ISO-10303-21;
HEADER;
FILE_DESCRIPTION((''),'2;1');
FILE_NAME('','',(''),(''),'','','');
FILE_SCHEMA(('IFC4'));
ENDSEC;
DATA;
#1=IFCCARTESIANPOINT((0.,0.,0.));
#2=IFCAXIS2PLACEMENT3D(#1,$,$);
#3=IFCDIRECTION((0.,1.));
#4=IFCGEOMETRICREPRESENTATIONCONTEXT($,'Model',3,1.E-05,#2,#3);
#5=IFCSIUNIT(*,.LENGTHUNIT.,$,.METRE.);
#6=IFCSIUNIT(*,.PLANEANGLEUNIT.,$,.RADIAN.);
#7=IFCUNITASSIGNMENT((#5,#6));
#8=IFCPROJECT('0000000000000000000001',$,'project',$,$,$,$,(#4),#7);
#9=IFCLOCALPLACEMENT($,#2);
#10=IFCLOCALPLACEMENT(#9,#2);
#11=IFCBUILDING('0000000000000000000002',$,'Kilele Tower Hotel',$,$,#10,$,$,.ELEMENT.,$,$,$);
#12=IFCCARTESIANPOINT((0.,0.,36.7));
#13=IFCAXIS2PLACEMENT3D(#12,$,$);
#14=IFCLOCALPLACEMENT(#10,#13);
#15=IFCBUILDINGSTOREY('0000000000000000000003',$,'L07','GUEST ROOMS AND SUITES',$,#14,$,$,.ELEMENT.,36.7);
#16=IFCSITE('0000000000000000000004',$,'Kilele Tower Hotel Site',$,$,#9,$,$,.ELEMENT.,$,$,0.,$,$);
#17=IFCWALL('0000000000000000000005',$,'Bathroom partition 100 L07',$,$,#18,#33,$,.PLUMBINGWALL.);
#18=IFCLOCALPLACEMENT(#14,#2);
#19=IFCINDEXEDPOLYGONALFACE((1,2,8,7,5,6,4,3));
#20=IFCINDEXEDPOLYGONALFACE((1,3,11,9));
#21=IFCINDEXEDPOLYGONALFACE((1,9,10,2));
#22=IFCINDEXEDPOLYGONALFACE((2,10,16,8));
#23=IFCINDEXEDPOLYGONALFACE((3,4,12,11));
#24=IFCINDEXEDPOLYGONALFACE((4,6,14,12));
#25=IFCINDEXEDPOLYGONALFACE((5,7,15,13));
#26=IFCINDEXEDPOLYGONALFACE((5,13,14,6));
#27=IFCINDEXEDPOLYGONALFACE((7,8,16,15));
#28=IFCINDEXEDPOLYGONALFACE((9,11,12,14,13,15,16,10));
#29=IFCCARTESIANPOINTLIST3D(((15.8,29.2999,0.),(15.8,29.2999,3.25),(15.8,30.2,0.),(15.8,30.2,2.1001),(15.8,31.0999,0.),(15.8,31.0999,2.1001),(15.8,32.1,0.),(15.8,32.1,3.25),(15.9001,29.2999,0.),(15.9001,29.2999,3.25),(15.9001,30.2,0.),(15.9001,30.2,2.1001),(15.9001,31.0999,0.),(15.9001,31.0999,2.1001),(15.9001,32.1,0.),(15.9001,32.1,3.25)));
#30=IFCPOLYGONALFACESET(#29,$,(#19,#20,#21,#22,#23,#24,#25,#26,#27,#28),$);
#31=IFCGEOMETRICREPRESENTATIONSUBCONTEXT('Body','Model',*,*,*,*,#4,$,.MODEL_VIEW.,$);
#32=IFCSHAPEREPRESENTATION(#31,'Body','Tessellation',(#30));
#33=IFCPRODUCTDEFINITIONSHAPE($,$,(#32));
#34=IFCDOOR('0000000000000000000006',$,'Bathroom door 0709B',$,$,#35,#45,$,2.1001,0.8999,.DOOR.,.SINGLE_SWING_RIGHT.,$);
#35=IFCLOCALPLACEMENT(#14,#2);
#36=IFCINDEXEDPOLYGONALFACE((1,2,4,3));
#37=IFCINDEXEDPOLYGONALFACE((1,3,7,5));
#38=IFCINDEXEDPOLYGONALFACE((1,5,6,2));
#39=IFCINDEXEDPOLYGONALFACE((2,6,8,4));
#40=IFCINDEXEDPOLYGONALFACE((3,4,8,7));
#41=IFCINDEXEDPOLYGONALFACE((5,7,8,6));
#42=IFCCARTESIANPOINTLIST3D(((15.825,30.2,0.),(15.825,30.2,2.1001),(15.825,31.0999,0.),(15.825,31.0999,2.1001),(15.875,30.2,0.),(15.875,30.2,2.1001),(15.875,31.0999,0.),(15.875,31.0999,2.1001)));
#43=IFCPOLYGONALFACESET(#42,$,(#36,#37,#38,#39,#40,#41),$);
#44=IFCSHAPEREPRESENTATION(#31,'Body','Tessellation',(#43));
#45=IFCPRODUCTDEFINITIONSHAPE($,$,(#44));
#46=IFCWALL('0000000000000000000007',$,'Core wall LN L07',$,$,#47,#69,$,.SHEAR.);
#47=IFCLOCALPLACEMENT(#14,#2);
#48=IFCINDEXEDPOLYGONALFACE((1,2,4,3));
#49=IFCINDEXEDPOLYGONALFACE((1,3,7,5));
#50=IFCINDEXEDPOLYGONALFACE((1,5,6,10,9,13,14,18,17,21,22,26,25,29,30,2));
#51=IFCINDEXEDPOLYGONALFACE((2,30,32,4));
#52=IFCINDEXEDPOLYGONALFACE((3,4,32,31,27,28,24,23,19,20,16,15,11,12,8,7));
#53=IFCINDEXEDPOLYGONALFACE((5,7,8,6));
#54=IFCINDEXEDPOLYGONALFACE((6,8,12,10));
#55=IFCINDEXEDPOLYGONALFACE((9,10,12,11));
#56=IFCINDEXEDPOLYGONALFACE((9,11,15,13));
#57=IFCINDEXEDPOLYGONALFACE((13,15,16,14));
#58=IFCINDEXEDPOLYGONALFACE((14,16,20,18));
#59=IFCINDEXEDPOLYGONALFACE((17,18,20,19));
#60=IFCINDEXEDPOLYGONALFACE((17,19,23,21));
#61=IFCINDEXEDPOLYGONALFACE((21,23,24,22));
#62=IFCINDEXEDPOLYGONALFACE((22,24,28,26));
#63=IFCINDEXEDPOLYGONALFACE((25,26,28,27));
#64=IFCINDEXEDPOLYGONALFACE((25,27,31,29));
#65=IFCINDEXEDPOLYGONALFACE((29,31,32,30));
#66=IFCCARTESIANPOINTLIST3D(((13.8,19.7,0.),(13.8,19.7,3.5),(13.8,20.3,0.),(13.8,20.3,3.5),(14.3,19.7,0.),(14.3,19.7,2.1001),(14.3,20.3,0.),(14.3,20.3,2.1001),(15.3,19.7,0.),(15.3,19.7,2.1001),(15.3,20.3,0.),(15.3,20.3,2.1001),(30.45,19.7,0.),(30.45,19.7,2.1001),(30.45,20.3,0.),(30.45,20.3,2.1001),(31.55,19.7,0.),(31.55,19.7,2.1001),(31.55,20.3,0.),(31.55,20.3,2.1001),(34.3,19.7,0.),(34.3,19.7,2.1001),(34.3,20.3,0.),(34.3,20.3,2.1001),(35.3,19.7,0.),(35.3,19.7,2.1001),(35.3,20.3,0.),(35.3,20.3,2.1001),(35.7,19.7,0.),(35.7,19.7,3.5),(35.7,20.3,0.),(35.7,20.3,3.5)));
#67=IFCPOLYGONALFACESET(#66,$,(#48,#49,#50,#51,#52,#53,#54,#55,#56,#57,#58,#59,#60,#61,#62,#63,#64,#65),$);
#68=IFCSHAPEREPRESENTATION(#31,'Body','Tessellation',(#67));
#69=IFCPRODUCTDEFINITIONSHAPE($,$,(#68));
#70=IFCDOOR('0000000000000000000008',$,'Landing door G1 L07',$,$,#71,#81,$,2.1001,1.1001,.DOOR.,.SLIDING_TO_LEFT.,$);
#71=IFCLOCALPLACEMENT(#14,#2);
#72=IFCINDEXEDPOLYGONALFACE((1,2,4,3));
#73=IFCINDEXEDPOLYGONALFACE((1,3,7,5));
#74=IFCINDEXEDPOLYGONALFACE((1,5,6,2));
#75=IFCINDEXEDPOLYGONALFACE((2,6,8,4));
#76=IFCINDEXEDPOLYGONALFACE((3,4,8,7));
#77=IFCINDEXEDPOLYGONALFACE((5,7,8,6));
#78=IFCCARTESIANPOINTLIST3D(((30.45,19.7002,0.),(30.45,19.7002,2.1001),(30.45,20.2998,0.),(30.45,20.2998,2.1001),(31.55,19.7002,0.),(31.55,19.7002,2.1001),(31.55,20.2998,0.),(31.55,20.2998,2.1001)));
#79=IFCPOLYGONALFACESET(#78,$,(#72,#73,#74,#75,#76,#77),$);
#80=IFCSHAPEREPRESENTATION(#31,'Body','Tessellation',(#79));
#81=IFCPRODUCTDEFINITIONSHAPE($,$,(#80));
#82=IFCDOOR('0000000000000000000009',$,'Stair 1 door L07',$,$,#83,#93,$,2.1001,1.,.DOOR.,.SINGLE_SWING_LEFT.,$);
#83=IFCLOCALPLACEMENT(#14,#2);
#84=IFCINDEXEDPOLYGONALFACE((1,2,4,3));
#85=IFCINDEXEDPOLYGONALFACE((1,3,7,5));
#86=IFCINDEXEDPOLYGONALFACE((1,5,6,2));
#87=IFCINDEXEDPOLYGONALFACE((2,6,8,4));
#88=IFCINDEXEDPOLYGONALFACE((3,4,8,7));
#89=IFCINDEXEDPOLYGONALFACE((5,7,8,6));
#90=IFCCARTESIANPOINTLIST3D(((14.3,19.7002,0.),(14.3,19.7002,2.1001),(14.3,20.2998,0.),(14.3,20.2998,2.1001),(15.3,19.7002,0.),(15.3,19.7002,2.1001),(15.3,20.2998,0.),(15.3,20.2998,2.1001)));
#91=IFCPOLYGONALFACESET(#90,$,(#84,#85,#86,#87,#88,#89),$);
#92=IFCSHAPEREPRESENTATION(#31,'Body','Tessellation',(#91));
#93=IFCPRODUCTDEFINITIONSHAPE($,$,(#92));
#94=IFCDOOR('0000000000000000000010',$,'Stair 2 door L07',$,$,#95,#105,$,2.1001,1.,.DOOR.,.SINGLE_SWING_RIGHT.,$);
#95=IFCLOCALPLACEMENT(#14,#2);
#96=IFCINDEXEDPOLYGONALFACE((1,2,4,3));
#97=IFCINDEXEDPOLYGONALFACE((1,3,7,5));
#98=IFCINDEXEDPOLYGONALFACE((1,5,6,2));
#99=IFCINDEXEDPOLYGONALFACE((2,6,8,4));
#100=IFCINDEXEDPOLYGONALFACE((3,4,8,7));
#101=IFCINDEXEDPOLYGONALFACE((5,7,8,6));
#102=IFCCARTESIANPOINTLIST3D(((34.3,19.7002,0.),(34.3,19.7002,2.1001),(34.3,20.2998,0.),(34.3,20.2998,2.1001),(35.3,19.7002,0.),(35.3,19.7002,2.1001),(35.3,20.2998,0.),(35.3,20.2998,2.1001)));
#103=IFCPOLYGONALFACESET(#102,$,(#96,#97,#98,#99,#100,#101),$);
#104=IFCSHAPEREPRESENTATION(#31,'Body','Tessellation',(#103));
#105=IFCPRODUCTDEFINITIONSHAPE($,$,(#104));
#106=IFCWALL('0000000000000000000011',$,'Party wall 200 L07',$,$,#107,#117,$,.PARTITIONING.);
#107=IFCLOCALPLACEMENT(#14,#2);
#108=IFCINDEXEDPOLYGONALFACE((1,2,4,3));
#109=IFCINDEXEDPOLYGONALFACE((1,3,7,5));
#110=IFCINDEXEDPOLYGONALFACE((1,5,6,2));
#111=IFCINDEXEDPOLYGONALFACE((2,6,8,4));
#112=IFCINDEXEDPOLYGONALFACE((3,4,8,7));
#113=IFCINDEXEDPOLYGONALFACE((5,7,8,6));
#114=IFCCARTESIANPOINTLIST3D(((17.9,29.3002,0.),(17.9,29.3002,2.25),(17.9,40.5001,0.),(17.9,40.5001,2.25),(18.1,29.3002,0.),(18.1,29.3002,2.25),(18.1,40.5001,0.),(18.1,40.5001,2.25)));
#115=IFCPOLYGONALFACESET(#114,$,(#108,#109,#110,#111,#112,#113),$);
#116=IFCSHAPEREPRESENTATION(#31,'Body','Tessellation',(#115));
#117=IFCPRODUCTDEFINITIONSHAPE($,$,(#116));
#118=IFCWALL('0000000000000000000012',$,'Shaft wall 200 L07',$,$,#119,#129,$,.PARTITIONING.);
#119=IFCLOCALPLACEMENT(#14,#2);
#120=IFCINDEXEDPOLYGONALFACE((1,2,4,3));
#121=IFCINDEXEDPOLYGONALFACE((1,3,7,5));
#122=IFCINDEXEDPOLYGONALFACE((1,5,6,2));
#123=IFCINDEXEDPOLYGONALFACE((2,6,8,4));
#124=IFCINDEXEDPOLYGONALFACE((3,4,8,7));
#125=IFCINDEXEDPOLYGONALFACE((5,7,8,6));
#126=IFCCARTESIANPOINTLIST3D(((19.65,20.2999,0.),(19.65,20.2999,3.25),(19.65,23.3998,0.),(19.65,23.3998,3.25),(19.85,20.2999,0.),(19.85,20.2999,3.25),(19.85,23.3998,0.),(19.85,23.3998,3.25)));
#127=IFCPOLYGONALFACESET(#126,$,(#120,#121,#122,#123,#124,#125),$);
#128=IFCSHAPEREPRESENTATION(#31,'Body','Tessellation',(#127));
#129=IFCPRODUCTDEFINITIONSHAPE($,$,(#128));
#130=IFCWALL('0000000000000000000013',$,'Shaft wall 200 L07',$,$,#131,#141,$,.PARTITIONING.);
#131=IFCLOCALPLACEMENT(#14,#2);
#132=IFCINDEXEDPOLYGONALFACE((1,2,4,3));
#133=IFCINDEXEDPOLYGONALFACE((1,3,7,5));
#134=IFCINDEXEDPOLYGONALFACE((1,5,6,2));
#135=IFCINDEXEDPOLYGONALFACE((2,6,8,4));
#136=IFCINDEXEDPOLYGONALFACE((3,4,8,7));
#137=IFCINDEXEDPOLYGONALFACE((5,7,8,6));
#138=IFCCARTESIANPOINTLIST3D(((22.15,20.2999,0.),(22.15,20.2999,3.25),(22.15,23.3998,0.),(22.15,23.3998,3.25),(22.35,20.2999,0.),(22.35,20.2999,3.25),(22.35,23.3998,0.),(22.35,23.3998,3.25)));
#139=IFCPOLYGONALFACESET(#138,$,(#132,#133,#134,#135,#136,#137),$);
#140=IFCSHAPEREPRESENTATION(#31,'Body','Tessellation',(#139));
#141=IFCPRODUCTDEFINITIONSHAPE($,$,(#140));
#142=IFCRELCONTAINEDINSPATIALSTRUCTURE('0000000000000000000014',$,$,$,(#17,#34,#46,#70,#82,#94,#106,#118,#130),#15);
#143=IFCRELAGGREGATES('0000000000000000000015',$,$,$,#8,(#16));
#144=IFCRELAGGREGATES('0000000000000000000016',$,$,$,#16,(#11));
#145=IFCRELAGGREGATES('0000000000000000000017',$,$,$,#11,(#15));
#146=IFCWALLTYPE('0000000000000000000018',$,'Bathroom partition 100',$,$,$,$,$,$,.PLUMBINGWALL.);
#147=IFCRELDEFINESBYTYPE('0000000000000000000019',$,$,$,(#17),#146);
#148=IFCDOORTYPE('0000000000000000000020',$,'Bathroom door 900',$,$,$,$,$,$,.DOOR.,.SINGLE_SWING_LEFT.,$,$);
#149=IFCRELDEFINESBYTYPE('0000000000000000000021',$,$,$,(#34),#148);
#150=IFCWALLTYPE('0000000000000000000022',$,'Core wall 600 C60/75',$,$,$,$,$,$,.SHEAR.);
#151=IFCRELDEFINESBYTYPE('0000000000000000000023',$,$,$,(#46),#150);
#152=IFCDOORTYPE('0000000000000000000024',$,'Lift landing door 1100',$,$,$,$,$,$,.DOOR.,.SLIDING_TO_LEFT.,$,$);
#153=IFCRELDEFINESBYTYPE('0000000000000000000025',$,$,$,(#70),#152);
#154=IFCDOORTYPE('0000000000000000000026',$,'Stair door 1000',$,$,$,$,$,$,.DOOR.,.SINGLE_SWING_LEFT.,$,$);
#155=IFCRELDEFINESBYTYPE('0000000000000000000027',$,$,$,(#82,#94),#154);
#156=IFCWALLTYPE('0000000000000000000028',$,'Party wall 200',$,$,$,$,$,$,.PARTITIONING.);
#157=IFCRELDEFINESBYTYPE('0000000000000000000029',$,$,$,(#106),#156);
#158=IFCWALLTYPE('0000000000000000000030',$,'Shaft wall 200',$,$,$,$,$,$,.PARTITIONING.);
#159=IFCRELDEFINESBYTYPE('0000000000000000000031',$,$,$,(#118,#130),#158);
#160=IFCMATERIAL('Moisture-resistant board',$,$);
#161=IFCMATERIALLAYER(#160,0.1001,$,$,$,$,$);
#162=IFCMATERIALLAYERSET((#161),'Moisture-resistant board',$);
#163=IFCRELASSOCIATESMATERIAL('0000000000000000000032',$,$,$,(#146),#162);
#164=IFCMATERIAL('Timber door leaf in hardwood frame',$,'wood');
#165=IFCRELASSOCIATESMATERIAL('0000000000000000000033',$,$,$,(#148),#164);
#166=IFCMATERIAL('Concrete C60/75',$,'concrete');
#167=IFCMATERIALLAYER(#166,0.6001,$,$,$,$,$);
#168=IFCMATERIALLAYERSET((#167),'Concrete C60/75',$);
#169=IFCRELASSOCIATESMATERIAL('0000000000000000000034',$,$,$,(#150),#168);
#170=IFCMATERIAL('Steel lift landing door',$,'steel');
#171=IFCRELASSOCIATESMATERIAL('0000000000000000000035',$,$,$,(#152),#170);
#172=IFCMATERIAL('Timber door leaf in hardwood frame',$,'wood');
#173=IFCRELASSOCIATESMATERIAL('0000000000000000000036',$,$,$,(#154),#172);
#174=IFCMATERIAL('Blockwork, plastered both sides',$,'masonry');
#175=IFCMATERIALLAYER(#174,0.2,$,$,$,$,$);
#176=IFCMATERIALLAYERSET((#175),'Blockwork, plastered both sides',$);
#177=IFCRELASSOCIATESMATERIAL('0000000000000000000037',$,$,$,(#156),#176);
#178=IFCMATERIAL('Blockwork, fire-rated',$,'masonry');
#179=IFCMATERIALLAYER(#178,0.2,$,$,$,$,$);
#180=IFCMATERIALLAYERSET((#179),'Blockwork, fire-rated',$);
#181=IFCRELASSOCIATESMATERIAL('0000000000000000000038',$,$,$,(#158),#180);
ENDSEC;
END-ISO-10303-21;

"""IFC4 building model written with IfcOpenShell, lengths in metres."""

from ifc_helpers import new_model, si_unit, direction, frame, frame_2d, origin, place, context, subcontext, project, spatial, rectangle, extrude, material, layer, layer_set, type_object, element, fill, save


model = new_model("IFC4")

# Units and contexts
model_context = context("Model", 3, precision=1e-05, world=origin(), true_north=direction((0.0, 1.0)))
body_context = subcontext(model_context, "Body", "Model", "MODEL_VIEW")
ifc_project = project(units=[si_unit("LENGTHUNIT", "METRE"), si_unit("PLANEANGLEUNIT", "RADIAN")], contexts=[model_context])

# Site, building, storey
site_placement = place(None, origin())
site = spatial("IfcSite", under=ifc_project, at=site_placement, Name="Kilele Tower Hotel Site", CompositionType="ELEMENT", RefElevation=0.0)
building_placement = place(site_placement, origin())
building = spatial("IfcBuilding", under=site, at=building_placement, Name="Kilele Tower Hotel", CompositionType="ELEMENT")
storey_placement = place(building_placement, frame((0.0, 0.0, 36.7)))
storey = spatial("IfcBuildingStorey", under=building, at=storey_placement, Name="L07", Description="GUEST ROOMS AND SUITES", CompositionType="ELEMENT", Elevation=36.7)

# Wall, opening, door
ifc_material_1 = material(Name="Moisture-resistant board")
ifc_layer_1 = layer(ifc_material_1, 0.1001)
ifc_layer_set_1 = layer_set([ifc_layer_1], Name="Moisture-resistant board")
wall_type_1 = type_object("IfcWallType", Name="Bathroom partition 100", PredefinedType="PLUMBINGWALL", material=ifc_layer_set_1)
wall_1_placement = place(storey_placement, frame((15.8501, 29.3, 0.0), z_axis=(0.0, 0.0, 1.0), x_axis=(0.0, 1.0, 0.0)))
wall_1 = element("IfcWall", 1, at=wall_1_placement, inside=storey, type_object=wall_type_1, Name="Bathroom partition 100 L07", PredefinedType="PLUMBINGWALL", context=body_context, shape_type="SweptSolid", body=[
    extrude(rectangle(XDim=2.8, YDim=0.1001, at=frame_2d((1.3999, 0.0))), origin(), (0.0, 0.0, 1.0), 3.25),
])
opening_1_placement = place(wall_1_placement, frame((1.7998, 0.0, 0.0), z_axis=(0.0, 0.0, 1.0), x_axis=(-1.0, 0.0, 0.0)))
opening_1 = element("IfcOpeningElement", 2, at=opening_1_placement, cuts=wall_1, PredefinedType="OPENING", context=body_context, shape_type="SweptSolid", body=[
    extrude(rectangle(XDim=0.8999, YDim=2.1001, at=frame_2d((0.45, 1.05))), frame((0.0, 0.0601, 0.0), z_axis=(0.0, -1.0, 0.0), x_axis=(1.0, 0.0, 0.0)), (0.0, 0.0, 1.0), 0.1201),
])
ifc_material_2 = material(Name="Timber door leaf in hardwood frame", Category="wood")
door_type_1 = type_object("IfcDoorType", Name="Bathroom door 900", OperationType="SINGLE_SWING_LEFT", PredefinedType="DOOR", material=ifc_material_2)
door_1_placement = place(opening_1_placement, origin())
door_1 = element("IfcDoor", 3, at=door_1_placement, inside=storey, type_object=door_type_1, Name="Bathroom door 0709B", OperationType="SINGLE_SWING_RIGHT", OverallHeight=2.1001, OverallWidth=0.8999, PredefinedType="DOOR", context=body_context, shape_type="SweptSolid", body=[
    extrude(rectangle(XDim=0.8999, YDim=2.1001, at=frame_2d((0.45, 1.05))), frame((0.0, 0.0249, 0.0), z_axis=(0.0, -1.0, 0.0), x_axis=(1.0, 0.0, 0.0)), (0.0, 0.0, 1.0), 0.05),
])
fill(opening_1, door_1)

# Wall, openings, doors
ifc_material_3 = material(Name="Concrete C60/75", Category="concrete")
ifc_layer_2 = layer(ifc_material_3, 0.6001)
ifc_layer_set_2 = layer_set([ifc_layer_2], Name="Concrete C60/75")
wall_type_2 = type_object("IfcWallType", Name="Core wall 600 C60/75", PredefinedType="SHEAR", material=ifc_layer_set_2)
wall_2_placement = place(storey_placement, frame((13.8, 20.0, 0.0), z_axis=(0.0, 0.0, 1.0), x_axis=(1.0, 0.0, 0.0)))
wall_2 = element("IfcWall", 4, at=wall_2_placement, inside=storey, type_object=wall_type_2, Name="Core wall LN L07", PredefinedType="SHEAR", context=body_context, shape_type="SweptSolid", body=[
    extrude(rectangle(XDim=21.8999, YDim=0.6001, at=frame_2d((10.95, 0.0))), origin(), (0.0, 0.0, 1.0), 3.5),
])
opening_2_placement = place(wall_2_placement, frame((0.5, 0.0, 0.0)))
opening_2 = element("IfcOpeningElement", 5, at=opening_2_placement, cuts=wall_2, PredefinedType="OPENING", context=body_context, shape_type="SweptSolid", body=[
    extrude(rectangle(XDim=1.0, YDim=2.1001, at=frame_2d((0.5, 1.05))), frame((0.0, 0.3101, 0.0), z_axis=(0.0, -1.0, 0.0), x_axis=(1.0, 0.0, 0.0)), (0.0, 0.0, 1.0), 0.6201),
])
opening_3_placement = place(wall_2_placement, frame((20.5, 0.0, 0.0)))
opening_3 = element("IfcOpeningElement", 6, at=opening_3_placement, cuts=wall_2, PredefinedType="OPENING", context=body_context, shape_type="SweptSolid", body=[
    extrude(rectangle(XDim=1.0, YDim=2.1001, at=frame_2d((0.5, 1.05))), frame((0.0, 0.3101, 0.0), z_axis=(0.0, -1.0, 0.0), x_axis=(1.0, 0.0, 0.0)), (0.0, 0.0, 1.0), 0.6201),
])
opening_4_placement = place(wall_2_placement, frame((16.6499, 0.0, 0.0)))
opening_4 = element("IfcOpeningElement", 7, at=opening_4_placement, cuts=wall_2, PredefinedType="OPENING", context=body_context, shape_type="SweptSolid", body=[
    extrude(rectangle(XDim=1.1001, YDim=2.1001, at=frame_2d((0.55, 1.05))), frame((0.0, 0.3101, 0.0), z_axis=(0.0, -1.0, 0.0), x_axis=(1.0, 0.0, 0.0)), (0.0, 0.0, 1.0), 0.6201),
])
ifc_material_4 = material(Name="Steel lift landing door", Category="steel")
door_type_2 = type_object("IfcDoorType", Name="Lift landing door 1100", OperationType="SLIDING_TO_LEFT", PredefinedType="DOOR", material=ifc_material_4)
door_2_placement = place(opening_4_placement, origin())
door_2 = element("IfcDoor", 8, at=door_2_placement, inside=storey, type_object=door_type_2, Name="Landing door G1 L07", OperationType="SLIDING_TO_LEFT", OverallHeight=2.1001, OverallWidth=1.1001, PredefinedType="DOOR", context=body_context, shape_type="SweptSolid", body=[
    extrude(rectangle(XDim=1.1001, YDim=2.1001, at=frame_2d((0.55, 1.05))), frame((0.0, 0.2998, 0.0), z_axis=(0.0, -1.0, 0.0), x_axis=(1.0, 0.0, 0.0)), (0.0, 0.0, 1.0), 0.5996),
])
fill(opening_4, door_2)
ifc_material_5 = material(Name="Timber door leaf in hardwood frame", Category="wood")
door_type_3 = type_object("IfcDoorType", Name="Stair door 1000", OperationType="SINGLE_SWING_LEFT", PredefinedType="DOOR", material=ifc_material_5)
door_3_placement = place(opening_2_placement, origin())
door_3 = element("IfcDoor", 9, at=door_3_placement, inside=storey, type_object=door_type_3, Name="Stair 1 door L07", OperationType="SINGLE_SWING_LEFT", OverallHeight=2.1001, OverallWidth=1.0, PredefinedType="DOOR", context=body_context, shape_type="SweptSolid", body=[
    extrude(rectangle(XDim=1.0, YDim=2.1001, at=frame_2d((0.5, 1.05))), frame((0.0, 0.2998, 0.0), z_axis=(0.0, -1.0, 0.0), x_axis=(1.0, 0.0, 0.0)), (0.0, 0.0, 1.0), 0.5996),
])
fill(opening_2, door_3)
door_4_placement = place(opening_3_placement, origin())
door_4 = element("IfcDoor", 10, at=door_4_placement, inside=storey, type_object=door_type_3, Name="Stair 2 door L07", OperationType="SINGLE_SWING_RIGHT", OverallHeight=2.1001, OverallWidth=1.0, PredefinedType="DOOR", context=body_context, shape_type="SweptSolid", body=[
    extrude(rectangle(XDim=1.0, YDim=2.1001, at=frame_2d((0.5, 1.05))), frame((0.0, 0.2998, 0.0), z_axis=(0.0, -1.0, 0.0), x_axis=(1.0, 0.0, 0.0)), (0.0, 0.0, 1.0), 0.5996),
])
fill(opening_3, door_4)

# Walls
ifc_material_6 = material(Name="Blockwork, plastered both sides", Category="masonry")
ifc_layer_3 = layer(ifc_material_6, 0.2)
ifc_layer_set_3 = layer_set([ifc_layer_3], Name="Blockwork, plastered both sides")
wall_type_3 = type_object("IfcWallType", Name="Party wall 200", PredefinedType="PARTITIONING", material=ifc_layer_set_3)
wall_3_placement = place(storey_placement, frame((18.0, 29.3, 0.0), z_axis=(0.0, 0.0, 1.0), x_axis=(0.0, 1.0, 0.0)))
element("IfcWall", 11, at=wall_3_placement, inside=storey, type_object=wall_type_3, Name="Party wall 200 L07", PredefinedType="PARTITIONING", context=body_context, shape_type="SweptSolid", body=[
    extrude(rectangle(XDim=11.2, YDim=0.2, at=frame_2d((5.6001, 0.0))), origin(), (0.0, 0.0, 1.0), 2.25),
])
ifc_material_7 = material(Name="Blockwork, fire-rated", Category="masonry")
ifc_layer_4 = layer(ifc_material_7, 0.2)
ifc_layer_set_4 = layer_set([ifc_layer_4], Name="Blockwork, fire-rated")
wall_type_4 = type_object("IfcWallType", Name="Shaft wall 200", PredefinedType="PARTITIONING", material=ifc_layer_set_4)
for number, where, z_axis, x_axis, name in (
    (12, (19.75, 20.3, 0.0), (0.0, 0.0, 1.0), (0.0, 1.0, 0.0), "Shaft wall 200 L07"),
    (13, (22.25, 20.3, 0.0), (0.0, 0.0, 1.0), (0.0, 1.0, 0.0), "Shaft wall 200 L07"),
):
    element("IfcWall", number, at=place(storey_placement, frame(where, z_axis=z_axis, x_axis=x_axis)), inside=storey, type_object=wall_type_4, Name=name, PredefinedType="PARTITIONING", context=body_context, shape_type="SweptSolid", body=[
        extrude(rectangle(XDim=3.0999, YDim=0.2, at=frame_2d((1.5498, 0.0))), origin(), (0.0, 0.0, 1.0), 3.25),
    ])

save(model, "model.ifc")
